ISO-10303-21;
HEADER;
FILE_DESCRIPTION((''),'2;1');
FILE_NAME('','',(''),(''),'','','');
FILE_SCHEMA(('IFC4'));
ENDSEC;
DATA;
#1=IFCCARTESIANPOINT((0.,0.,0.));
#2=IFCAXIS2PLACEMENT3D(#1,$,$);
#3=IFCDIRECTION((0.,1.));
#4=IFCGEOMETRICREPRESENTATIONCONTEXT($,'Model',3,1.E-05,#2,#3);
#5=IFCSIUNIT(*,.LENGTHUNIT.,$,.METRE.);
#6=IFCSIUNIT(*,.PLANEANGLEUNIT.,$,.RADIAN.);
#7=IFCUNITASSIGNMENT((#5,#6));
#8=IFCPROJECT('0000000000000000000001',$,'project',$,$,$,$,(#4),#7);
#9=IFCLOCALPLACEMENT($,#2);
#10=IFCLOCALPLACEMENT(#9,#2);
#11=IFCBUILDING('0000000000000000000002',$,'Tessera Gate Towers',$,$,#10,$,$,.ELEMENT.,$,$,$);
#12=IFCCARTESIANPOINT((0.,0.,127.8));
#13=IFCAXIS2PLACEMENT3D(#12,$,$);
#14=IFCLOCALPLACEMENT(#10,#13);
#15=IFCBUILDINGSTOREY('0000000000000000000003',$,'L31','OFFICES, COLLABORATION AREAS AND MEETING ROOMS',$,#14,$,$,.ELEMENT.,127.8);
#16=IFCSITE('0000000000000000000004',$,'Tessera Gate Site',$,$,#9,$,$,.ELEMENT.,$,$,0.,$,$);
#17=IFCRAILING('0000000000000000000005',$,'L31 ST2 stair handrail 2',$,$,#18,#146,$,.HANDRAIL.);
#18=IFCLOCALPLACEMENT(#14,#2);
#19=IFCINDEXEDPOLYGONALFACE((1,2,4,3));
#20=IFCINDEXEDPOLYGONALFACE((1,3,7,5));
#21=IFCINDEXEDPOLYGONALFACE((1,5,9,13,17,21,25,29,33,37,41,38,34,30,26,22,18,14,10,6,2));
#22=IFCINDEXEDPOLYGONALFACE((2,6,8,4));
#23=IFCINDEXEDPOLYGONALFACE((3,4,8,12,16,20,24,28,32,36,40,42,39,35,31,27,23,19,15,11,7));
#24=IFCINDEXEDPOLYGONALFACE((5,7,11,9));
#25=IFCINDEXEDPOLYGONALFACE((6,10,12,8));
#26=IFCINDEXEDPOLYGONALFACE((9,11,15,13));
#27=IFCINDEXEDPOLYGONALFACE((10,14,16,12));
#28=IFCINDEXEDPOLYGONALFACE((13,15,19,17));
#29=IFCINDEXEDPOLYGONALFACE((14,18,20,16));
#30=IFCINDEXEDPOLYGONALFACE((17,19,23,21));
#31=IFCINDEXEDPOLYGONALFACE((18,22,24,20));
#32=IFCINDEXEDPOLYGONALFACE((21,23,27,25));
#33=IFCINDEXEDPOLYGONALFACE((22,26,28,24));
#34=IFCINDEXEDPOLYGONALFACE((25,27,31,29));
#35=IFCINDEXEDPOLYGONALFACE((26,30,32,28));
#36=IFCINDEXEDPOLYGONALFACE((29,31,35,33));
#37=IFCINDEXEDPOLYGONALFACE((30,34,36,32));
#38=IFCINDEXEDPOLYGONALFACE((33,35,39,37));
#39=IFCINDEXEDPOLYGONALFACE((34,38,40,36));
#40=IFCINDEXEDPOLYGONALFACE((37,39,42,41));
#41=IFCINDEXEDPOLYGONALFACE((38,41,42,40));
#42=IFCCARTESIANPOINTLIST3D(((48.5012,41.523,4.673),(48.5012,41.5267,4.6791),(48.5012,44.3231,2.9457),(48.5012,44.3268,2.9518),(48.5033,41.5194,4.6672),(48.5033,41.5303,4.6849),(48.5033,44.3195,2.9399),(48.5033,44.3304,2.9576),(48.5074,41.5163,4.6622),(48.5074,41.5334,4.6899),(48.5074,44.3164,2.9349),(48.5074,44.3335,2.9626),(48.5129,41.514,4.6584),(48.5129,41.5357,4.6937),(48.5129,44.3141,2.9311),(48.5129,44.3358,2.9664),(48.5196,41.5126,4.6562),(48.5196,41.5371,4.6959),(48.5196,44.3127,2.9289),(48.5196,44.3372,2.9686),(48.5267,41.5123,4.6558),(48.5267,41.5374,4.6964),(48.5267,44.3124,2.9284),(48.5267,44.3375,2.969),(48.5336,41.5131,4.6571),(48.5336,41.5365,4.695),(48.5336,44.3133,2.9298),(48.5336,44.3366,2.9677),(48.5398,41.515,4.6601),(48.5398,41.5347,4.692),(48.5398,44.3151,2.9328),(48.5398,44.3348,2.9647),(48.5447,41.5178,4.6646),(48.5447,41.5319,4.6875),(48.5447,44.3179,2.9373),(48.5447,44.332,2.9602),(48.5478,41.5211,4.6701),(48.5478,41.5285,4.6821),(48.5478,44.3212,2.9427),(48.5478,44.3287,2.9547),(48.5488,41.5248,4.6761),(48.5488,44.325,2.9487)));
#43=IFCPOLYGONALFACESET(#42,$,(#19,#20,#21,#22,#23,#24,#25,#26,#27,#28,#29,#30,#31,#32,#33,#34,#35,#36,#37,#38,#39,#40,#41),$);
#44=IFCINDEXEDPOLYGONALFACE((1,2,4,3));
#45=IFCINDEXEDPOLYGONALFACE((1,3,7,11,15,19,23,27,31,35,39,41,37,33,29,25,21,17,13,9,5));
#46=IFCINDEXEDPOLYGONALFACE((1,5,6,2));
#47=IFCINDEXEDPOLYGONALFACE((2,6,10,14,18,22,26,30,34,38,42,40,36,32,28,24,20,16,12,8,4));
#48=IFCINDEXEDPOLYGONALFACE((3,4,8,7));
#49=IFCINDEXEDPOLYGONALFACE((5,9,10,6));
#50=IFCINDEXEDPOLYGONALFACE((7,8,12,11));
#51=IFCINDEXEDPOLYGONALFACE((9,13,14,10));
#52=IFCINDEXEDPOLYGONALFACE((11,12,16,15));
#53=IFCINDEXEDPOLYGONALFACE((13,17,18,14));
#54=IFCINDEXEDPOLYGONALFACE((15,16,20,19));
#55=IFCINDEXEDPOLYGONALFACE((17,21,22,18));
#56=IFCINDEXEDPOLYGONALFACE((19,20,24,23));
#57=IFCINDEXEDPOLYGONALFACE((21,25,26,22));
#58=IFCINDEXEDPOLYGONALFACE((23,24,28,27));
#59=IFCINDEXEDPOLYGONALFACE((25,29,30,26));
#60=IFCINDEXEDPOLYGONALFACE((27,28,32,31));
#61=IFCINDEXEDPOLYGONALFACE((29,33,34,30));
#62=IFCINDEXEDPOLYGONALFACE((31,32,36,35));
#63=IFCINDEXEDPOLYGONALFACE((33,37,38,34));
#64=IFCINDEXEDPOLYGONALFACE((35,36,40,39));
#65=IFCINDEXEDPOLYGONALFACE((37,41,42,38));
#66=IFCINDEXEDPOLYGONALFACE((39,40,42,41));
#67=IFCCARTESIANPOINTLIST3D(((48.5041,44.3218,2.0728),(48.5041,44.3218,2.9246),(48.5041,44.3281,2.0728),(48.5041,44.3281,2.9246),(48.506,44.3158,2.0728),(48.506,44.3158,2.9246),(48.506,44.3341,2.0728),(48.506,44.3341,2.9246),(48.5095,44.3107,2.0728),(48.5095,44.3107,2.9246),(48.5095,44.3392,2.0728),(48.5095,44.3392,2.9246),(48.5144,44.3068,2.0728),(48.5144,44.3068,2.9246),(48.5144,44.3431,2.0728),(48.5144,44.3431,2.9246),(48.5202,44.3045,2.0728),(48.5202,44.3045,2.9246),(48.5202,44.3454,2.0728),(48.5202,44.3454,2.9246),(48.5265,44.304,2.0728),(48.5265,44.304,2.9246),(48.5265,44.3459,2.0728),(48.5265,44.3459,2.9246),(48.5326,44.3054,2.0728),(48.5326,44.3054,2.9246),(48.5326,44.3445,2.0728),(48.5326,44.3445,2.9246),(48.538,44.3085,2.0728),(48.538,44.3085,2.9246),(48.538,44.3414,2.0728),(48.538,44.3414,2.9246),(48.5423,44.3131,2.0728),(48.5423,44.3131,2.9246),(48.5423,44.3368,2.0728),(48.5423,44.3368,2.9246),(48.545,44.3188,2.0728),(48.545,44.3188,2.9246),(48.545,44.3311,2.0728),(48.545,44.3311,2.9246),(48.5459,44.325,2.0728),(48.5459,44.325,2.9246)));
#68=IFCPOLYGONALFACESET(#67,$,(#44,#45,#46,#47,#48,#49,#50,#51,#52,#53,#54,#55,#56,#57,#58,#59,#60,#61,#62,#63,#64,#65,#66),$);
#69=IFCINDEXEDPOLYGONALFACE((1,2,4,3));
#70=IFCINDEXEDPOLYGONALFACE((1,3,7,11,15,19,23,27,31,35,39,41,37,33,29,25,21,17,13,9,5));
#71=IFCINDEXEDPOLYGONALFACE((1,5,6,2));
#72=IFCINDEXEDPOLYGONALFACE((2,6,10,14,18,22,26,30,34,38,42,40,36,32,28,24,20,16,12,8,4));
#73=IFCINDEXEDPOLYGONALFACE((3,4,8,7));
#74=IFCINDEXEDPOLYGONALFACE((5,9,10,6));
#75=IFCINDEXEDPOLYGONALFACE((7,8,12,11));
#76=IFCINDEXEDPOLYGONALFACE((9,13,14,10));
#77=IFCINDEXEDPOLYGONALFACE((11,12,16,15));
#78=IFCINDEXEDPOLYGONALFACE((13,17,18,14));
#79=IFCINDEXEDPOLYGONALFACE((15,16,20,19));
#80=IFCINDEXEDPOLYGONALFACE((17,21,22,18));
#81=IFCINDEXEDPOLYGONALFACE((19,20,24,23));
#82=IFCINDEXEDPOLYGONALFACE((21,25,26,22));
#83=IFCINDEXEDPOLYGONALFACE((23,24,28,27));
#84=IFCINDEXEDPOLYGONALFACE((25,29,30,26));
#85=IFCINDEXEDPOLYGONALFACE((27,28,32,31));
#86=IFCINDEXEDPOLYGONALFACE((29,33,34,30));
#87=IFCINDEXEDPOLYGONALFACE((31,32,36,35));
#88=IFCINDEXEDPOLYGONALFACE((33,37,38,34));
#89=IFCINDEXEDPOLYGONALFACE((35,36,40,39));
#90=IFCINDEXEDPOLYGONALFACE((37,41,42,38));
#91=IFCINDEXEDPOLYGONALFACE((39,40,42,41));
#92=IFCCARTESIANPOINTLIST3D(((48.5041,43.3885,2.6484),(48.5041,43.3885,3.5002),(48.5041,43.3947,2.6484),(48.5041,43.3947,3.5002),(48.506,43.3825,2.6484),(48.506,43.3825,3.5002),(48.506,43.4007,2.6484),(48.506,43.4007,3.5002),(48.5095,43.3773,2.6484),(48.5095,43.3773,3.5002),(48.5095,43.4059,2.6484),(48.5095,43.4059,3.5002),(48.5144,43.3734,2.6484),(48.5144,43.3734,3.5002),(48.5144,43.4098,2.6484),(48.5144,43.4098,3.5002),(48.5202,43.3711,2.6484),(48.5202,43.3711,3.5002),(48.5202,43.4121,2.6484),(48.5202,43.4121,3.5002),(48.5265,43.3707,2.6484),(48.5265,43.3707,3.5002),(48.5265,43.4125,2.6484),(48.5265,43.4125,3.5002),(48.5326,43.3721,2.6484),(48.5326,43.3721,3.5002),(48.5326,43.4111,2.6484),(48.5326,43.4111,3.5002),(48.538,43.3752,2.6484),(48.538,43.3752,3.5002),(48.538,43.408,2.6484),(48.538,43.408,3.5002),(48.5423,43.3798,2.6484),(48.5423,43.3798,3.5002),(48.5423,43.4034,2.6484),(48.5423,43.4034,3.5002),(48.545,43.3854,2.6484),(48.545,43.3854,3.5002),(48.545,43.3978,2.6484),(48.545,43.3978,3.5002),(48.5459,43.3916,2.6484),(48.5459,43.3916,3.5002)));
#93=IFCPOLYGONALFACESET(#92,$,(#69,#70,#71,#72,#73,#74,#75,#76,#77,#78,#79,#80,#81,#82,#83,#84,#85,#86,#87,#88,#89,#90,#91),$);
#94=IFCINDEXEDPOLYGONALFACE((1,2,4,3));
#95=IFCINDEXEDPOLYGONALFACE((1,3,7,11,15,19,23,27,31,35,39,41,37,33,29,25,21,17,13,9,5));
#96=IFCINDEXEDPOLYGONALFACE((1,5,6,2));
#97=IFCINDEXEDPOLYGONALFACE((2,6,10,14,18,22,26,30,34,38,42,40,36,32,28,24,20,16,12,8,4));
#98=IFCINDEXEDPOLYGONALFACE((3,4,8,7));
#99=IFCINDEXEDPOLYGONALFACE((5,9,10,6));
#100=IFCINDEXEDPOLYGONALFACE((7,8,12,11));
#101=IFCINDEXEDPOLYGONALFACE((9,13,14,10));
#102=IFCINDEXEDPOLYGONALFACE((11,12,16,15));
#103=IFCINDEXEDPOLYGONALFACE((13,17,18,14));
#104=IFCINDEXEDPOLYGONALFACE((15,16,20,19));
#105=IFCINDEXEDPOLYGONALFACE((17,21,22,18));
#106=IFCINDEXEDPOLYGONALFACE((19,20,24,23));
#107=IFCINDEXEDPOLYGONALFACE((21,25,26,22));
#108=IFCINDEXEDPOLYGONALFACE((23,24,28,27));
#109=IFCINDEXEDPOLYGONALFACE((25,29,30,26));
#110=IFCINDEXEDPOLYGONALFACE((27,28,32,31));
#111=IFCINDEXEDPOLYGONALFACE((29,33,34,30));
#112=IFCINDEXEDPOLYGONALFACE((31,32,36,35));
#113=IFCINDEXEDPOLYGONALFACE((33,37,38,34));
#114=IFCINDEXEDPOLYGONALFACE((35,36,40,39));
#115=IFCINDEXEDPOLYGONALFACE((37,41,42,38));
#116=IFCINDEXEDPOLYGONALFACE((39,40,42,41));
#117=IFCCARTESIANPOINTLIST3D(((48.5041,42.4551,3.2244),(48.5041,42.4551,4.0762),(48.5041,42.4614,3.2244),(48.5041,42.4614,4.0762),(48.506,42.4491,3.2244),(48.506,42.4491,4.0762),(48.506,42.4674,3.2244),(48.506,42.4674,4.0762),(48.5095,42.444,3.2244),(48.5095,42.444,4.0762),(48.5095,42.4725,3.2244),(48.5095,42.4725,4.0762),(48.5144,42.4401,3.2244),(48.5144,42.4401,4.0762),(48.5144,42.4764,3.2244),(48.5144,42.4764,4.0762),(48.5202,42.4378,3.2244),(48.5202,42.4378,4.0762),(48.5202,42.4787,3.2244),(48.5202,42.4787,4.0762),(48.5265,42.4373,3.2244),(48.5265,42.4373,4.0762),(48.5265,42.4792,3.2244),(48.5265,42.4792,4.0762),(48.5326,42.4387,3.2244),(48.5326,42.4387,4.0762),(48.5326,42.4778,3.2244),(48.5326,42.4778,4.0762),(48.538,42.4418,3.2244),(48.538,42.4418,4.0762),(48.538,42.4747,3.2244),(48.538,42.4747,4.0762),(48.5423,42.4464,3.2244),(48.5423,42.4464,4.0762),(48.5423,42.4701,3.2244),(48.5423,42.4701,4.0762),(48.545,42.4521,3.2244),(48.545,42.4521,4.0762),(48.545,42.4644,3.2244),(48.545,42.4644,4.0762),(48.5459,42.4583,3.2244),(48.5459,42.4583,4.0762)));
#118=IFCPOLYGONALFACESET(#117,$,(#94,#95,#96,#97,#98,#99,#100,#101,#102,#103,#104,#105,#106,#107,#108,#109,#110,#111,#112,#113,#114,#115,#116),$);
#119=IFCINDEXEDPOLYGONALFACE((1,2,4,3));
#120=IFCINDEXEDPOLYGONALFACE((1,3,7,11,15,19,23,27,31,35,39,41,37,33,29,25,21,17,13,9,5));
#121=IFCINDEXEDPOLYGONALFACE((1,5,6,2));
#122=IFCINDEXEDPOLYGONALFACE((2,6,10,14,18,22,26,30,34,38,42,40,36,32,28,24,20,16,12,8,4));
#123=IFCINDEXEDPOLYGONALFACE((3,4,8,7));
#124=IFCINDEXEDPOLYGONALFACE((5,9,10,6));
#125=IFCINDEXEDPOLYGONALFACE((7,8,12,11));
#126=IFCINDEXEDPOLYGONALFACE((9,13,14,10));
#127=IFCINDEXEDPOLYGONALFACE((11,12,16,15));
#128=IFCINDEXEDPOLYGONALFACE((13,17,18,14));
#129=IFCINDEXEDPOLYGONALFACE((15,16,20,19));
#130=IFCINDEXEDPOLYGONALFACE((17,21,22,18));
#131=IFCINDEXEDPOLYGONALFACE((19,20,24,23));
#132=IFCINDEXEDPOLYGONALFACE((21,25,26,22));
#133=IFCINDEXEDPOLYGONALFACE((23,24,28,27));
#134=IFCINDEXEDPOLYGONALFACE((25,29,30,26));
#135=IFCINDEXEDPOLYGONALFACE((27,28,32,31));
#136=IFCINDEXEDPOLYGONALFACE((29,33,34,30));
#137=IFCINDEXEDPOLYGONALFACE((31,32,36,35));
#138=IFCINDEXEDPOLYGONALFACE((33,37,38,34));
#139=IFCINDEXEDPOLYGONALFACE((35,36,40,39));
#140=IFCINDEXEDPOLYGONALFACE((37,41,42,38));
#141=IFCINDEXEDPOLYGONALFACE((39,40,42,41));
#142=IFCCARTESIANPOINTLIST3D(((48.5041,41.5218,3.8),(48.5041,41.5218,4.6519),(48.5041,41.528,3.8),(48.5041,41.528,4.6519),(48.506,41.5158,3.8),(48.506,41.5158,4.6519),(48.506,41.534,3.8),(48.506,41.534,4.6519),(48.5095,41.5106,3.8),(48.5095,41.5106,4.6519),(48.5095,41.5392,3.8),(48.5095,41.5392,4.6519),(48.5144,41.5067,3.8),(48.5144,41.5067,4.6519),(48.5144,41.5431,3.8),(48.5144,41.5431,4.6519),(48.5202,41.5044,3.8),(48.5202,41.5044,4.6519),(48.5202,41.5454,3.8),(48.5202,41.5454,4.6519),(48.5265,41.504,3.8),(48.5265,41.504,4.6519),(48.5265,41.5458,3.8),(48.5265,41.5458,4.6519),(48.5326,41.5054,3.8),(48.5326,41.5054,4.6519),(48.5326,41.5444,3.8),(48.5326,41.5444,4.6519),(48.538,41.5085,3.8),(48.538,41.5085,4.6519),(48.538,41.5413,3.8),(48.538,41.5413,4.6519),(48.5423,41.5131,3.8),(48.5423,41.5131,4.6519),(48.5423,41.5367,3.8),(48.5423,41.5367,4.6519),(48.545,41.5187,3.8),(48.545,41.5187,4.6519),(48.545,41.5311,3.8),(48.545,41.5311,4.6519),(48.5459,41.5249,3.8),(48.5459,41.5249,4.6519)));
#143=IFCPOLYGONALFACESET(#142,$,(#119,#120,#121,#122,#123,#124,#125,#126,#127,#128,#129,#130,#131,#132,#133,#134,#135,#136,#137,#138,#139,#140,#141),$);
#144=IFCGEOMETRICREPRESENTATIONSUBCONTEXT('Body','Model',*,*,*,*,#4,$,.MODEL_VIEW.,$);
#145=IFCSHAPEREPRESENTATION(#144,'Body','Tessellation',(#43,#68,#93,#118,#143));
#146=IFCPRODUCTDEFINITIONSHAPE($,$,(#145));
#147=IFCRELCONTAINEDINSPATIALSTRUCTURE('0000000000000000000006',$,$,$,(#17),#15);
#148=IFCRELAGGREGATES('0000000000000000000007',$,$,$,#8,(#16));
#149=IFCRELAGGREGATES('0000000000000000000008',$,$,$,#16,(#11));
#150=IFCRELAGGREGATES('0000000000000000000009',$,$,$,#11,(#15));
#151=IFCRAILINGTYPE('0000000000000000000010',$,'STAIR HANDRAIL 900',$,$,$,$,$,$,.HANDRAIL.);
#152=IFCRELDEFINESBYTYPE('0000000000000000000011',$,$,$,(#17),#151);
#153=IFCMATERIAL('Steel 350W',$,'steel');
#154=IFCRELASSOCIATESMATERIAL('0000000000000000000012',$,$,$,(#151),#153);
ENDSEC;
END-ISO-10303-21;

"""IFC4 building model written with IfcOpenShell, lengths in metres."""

from ifc_helpers import new_model, si_unit, direction, frame, origin, origin_2d, place, context, subcontext, project, spatial, circle, extrude, material, type_object, element, save


model = new_model("IFC4")

# Units and contexts
model_context = context("Model", 3, precision=1e-05, world=origin(), true_north=direction((0.0, 1.0)))
body_context = subcontext(model_context, "Body", "Model", "MODEL_VIEW")
ifc_project = project(units=[si_unit("LENGTHUNIT", "METRE"), si_unit("PLANEANGLEUNIT", "RADIAN")], contexts=[model_context])

# Site, building, storey
site_placement = place(None, origin())
site = spatial("IfcSite", under=ifc_project, at=site_placement, Name="Tessera Gate Site", CompositionType="ELEMENT", RefElevation=0.0)
building_placement = place(site_placement, origin())
building = spatial("IfcBuilding", under=site, at=building_placement, Name="Tessera Gate Towers", CompositionType="ELEMENT")
storey_placement = place(building_placement, frame((0.0, 0.0, 127.8)))
storey = spatial("IfcBuildingStorey", under=building, at=storey_placement, Name="L31", Description="OFFICES, COLLABORATION AREAS AND MEETING ROOMS", CompositionType="ELEMENT", Elevation=127.8)

# Railing
ifc_material_1 = material(Name="Steel 350W", Category="steel")
railing_type_1 = type_object("IfcRailingType", Name="STAIR HANDRAIL 900", PredefinedType="HANDRAIL", material=ifc_material_1)
railing_1_placement = place(storey_placement, frame((48.5249, 44.325, 2.0728)))
element("IfcRailing", 1, at=railing_1_placement, inside=storey, type_object=railing_type_1, Name="L31 ST2 stair handrail 2", PredefinedType="HANDRAIL", context=body_context, shape_type="SweptSolid", body=[
    extrude(circle(Radius=0.0239, at=origin_2d()), frame((0.0, 0.0, 0.876), z_axis=(0.0, -0.85109, 0.52502), x_axis=(1.0, 0.0, 0.0)), (0.0, 0.0, 1.0), 3.29),
    extrude(circle(Radius=0.021, at=origin_2d()), origin(), (0.0, 0.0, 1.0), 0.8518),
    extrude(circle(Radius=0.021, at=origin_2d()), frame((0.0, -0.9333, 0.5757)), (0.0, 0.0, 1.0), 0.8518),
    extrude(circle(Radius=0.021, at=origin_2d()), frame((0.0, -1.8667, 1.1516)), (0.0, 0.0, 1.0), 0.8518),
    extrude(circle(Radius=0.021, at=origin_2d()), frame((0.0, -2.8, 1.7273)), (0.0, 0.0, 1.0), 0.8518),
])

save(model, "model.ifc")
